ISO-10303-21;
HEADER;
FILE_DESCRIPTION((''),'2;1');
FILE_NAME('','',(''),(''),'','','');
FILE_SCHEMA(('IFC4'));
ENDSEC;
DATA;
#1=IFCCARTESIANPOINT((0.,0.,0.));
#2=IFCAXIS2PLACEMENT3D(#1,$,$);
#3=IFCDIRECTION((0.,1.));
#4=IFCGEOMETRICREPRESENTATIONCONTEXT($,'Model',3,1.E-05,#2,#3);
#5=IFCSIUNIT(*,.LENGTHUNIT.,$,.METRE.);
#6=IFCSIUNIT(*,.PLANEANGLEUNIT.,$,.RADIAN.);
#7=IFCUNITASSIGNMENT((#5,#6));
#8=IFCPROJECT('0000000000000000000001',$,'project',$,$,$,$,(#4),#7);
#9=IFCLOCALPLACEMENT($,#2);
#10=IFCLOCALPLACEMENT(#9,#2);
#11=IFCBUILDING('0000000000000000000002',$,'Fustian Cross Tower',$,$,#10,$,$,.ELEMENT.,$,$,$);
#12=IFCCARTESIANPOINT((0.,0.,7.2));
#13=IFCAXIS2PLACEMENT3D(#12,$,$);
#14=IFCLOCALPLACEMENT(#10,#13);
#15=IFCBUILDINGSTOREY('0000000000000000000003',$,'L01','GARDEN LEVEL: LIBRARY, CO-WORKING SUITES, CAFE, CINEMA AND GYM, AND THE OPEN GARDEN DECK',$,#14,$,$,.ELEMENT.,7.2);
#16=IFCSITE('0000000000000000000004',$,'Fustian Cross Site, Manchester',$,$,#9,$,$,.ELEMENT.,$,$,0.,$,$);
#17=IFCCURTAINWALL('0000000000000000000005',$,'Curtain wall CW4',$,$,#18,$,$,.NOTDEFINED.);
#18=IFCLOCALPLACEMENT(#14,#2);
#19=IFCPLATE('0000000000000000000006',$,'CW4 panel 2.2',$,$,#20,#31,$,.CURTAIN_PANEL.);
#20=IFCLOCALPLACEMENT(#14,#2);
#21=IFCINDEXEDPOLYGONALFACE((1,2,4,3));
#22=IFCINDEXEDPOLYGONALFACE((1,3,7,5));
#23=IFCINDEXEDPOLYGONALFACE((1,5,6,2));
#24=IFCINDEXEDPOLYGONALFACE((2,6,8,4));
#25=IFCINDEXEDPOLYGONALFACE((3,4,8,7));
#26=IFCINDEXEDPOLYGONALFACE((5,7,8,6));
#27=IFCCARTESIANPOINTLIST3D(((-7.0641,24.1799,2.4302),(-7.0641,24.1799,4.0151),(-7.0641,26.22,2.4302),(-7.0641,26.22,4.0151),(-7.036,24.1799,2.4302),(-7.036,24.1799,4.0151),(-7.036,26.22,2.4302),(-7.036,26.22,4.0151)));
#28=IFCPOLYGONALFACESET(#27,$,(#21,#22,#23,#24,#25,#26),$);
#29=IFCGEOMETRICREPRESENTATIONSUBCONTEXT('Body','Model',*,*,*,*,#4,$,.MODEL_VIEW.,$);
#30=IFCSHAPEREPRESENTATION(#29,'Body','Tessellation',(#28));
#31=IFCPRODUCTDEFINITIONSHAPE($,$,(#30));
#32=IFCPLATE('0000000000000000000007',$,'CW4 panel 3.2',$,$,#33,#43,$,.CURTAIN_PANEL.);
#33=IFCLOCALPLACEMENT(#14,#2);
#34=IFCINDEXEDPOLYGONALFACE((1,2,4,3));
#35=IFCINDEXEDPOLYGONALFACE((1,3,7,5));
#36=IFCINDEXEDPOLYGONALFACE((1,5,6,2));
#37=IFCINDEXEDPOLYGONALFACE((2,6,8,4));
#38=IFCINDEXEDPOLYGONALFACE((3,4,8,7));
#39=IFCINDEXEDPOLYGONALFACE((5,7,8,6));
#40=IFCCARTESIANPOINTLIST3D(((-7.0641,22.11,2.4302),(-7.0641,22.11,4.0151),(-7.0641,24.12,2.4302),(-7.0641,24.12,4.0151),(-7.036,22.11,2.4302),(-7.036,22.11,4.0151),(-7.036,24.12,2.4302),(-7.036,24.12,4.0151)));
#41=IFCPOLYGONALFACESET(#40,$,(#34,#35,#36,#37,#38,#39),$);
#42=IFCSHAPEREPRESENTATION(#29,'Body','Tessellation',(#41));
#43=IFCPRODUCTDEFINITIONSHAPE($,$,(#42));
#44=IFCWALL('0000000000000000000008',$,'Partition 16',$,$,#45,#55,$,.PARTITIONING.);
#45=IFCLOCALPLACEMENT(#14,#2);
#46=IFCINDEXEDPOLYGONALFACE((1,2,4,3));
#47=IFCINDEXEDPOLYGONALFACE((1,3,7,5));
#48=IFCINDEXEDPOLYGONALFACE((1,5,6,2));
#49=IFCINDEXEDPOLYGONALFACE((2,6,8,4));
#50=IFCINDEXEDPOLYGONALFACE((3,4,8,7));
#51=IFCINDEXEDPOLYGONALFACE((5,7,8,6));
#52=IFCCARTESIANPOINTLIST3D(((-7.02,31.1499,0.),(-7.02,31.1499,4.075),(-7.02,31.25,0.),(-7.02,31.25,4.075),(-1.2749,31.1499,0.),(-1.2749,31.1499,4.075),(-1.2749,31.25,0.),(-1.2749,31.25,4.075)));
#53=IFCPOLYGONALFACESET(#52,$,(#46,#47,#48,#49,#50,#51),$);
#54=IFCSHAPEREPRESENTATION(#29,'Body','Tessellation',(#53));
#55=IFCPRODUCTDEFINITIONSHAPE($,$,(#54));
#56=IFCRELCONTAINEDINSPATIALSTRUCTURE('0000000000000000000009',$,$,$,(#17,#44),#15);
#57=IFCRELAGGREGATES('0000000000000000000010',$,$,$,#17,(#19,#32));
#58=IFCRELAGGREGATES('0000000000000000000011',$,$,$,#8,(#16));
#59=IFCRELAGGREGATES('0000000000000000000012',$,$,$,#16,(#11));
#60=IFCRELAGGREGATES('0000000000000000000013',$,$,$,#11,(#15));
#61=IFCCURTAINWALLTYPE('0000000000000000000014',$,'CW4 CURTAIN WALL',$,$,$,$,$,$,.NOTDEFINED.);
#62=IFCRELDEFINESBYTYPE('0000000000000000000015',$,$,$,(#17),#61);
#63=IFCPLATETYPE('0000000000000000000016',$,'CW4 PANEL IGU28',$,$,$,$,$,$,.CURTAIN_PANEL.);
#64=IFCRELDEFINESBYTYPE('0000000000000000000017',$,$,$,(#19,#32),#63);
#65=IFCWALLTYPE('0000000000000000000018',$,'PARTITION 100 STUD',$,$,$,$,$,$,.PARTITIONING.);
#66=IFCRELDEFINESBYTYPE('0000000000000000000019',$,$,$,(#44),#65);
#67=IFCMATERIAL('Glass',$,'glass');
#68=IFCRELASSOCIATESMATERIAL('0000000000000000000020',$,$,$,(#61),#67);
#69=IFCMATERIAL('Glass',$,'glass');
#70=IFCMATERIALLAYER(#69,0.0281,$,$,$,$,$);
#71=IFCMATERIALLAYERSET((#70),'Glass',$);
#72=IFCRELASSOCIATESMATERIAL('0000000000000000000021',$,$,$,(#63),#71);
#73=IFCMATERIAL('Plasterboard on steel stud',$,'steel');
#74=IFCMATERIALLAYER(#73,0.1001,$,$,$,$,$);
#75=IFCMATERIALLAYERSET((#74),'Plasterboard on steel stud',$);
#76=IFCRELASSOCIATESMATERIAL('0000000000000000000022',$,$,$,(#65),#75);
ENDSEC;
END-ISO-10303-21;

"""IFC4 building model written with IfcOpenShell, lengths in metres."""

from ifc_helpers import new_model, si_unit, direction, frame, frame_2d, origin, origin_2d, place, context, subcontext, project, spatial, rectangle, extrude, material, layer, layer_set, type_object, element, aggregate, save


model = new_model("IFC4")

# Units and contexts
model_context = context("Model", 3, precision=1e-05, world=origin(), true_north=direction((0.0, 1.0)))
body_context = subcontext(model_context, "Body", "Model", "MODEL_VIEW")
ifc_project = project(units=[si_unit("LENGTHUNIT", "METRE"), si_unit("PLANEANGLEUNIT", "RADIAN")], contexts=[model_context])

# Site, building, storey
site_placement = place(None, origin())
site = spatial("IfcSite", under=ifc_project, at=site_placement, Name="Fustian Cross Site, Manchester", CompositionType="ELEMENT", RefElevation=0.0)
building_placement = place(site_placement, origin())
building = spatial("IfcBuilding", under=site, at=building_placement, Name="Fustian Cross Tower", CompositionType="ELEMENT")
storey_placement = place(building_placement, frame((0.0, 0.0, 7.2)))
storey = spatial("IfcBuildingStorey", under=building, at=storey_placement, Name="L01", Description="GARDEN LEVEL: LIBRARY, CO-WORKING SUITES, CAFE, CINEMA AND GYM, AND THE OPEN GARDEN DECK", CompositionType="ELEMENT", Elevation=7.2)

# Curtain wall
ifc_material_1 = material(Name="Glass", Category="glass")
curtain_wall_type = type_object("IfcCurtainWallType", Name="CW4 CURTAIN WALL", PredefinedType="NOTDEFINED", material=ifc_material_1)
curtain_wall_1_placement = place(storey_placement, origin())
curtain_wall_1 = element("IfcCurtainWall", 1, at=curtain_wall_1_placement, inside=storey, type_object=curtain_wall_type, Name="Curtain wall CW4", PredefinedType="NOTDEFINED")

# Plates
ifc_material_2 = material(Name="Glass", Category="glass")
ifc_layer_1 = layer(ifc_material_2, 0.0281)
ifc_layer_set_1 = layer_set([ifc_layer_1], Name="Glass")
plate_type = type_object("IfcPlateType", Name="CW4 PANEL IGU28", PredefinedType="CURTAIN_PANEL", material=ifc_layer_set_1)
plate_1_placement = place(storey_placement, frame((-7.05, 25.2, 2.4302), z_axis=(0.0, 0.0, 1.0), x_axis=(0.0, -1.0, 0.0)))
plate_1 = element("IfcPlate", 2, at=plate_1_placement, type_object=plate_type, Name="CW4 panel 2.2", PredefinedType="CURTAIN_PANEL", context=body_context, shape_type="SweptSolid", body=[
    extrude(rectangle(XDim=2.04, YDim=0.0281, at=origin_2d()), origin(), (0.0, 0.0, 1.0), 1.585),
])
plate_2_placement = place(storey_placement, frame((-7.05, 23.115, 2.4302), z_axis=(0.0, 0.0, 1.0), x_axis=(0.0, -1.0, 0.0)))
plate_2 = element("IfcPlate", 3, at=plate_2_placement, type_object=plate_type, Name="CW4 panel 3.2", PredefinedType="CURTAIN_PANEL", context=body_context, shape_type="SweptSolid", body=[
    extrude(rectangle(XDim=2.01, YDim=0.0281, at=origin_2d()), origin(), (0.0, 0.0, 1.0), 1.585),
])
aggregate(curtain_wall_1, [plate_1, plate_2])

# Wall
ifc_material_3 = material(Name="Plasterboard on steel stud", Category="steel")
ifc_layer_2 = layer(ifc_material_3, 0.1001)
ifc_layer_set_2 = layer_set([ifc_layer_2], Name="Plasterboard on steel stud")
wall_type = type_object("IfcWallType", Name="PARTITION 100 STUD", PredefinedType="PARTITIONING", material=ifc_layer_set_2)
wall_placement = place(storey_placement, frame((-7.02, 31.2, 0.0), z_axis=(0.0, 0.0, 1.0), x_axis=(1.0, 0.0, 0.0)))
element("IfcWall", 4, at=wall_placement, inside=storey, type_object=wall_type, Name="Partition 16", PredefinedType="PARTITIONING", context=body_context, shape_type="SweptSolid", body=[
    extrude(rectangle(XDim=5.7451, YDim=0.1001, at=frame_2d((2.8726, 0.0))), origin(), (0.0, 0.0, 1.0), 4.075),
])

save(model, "model.ifc")
